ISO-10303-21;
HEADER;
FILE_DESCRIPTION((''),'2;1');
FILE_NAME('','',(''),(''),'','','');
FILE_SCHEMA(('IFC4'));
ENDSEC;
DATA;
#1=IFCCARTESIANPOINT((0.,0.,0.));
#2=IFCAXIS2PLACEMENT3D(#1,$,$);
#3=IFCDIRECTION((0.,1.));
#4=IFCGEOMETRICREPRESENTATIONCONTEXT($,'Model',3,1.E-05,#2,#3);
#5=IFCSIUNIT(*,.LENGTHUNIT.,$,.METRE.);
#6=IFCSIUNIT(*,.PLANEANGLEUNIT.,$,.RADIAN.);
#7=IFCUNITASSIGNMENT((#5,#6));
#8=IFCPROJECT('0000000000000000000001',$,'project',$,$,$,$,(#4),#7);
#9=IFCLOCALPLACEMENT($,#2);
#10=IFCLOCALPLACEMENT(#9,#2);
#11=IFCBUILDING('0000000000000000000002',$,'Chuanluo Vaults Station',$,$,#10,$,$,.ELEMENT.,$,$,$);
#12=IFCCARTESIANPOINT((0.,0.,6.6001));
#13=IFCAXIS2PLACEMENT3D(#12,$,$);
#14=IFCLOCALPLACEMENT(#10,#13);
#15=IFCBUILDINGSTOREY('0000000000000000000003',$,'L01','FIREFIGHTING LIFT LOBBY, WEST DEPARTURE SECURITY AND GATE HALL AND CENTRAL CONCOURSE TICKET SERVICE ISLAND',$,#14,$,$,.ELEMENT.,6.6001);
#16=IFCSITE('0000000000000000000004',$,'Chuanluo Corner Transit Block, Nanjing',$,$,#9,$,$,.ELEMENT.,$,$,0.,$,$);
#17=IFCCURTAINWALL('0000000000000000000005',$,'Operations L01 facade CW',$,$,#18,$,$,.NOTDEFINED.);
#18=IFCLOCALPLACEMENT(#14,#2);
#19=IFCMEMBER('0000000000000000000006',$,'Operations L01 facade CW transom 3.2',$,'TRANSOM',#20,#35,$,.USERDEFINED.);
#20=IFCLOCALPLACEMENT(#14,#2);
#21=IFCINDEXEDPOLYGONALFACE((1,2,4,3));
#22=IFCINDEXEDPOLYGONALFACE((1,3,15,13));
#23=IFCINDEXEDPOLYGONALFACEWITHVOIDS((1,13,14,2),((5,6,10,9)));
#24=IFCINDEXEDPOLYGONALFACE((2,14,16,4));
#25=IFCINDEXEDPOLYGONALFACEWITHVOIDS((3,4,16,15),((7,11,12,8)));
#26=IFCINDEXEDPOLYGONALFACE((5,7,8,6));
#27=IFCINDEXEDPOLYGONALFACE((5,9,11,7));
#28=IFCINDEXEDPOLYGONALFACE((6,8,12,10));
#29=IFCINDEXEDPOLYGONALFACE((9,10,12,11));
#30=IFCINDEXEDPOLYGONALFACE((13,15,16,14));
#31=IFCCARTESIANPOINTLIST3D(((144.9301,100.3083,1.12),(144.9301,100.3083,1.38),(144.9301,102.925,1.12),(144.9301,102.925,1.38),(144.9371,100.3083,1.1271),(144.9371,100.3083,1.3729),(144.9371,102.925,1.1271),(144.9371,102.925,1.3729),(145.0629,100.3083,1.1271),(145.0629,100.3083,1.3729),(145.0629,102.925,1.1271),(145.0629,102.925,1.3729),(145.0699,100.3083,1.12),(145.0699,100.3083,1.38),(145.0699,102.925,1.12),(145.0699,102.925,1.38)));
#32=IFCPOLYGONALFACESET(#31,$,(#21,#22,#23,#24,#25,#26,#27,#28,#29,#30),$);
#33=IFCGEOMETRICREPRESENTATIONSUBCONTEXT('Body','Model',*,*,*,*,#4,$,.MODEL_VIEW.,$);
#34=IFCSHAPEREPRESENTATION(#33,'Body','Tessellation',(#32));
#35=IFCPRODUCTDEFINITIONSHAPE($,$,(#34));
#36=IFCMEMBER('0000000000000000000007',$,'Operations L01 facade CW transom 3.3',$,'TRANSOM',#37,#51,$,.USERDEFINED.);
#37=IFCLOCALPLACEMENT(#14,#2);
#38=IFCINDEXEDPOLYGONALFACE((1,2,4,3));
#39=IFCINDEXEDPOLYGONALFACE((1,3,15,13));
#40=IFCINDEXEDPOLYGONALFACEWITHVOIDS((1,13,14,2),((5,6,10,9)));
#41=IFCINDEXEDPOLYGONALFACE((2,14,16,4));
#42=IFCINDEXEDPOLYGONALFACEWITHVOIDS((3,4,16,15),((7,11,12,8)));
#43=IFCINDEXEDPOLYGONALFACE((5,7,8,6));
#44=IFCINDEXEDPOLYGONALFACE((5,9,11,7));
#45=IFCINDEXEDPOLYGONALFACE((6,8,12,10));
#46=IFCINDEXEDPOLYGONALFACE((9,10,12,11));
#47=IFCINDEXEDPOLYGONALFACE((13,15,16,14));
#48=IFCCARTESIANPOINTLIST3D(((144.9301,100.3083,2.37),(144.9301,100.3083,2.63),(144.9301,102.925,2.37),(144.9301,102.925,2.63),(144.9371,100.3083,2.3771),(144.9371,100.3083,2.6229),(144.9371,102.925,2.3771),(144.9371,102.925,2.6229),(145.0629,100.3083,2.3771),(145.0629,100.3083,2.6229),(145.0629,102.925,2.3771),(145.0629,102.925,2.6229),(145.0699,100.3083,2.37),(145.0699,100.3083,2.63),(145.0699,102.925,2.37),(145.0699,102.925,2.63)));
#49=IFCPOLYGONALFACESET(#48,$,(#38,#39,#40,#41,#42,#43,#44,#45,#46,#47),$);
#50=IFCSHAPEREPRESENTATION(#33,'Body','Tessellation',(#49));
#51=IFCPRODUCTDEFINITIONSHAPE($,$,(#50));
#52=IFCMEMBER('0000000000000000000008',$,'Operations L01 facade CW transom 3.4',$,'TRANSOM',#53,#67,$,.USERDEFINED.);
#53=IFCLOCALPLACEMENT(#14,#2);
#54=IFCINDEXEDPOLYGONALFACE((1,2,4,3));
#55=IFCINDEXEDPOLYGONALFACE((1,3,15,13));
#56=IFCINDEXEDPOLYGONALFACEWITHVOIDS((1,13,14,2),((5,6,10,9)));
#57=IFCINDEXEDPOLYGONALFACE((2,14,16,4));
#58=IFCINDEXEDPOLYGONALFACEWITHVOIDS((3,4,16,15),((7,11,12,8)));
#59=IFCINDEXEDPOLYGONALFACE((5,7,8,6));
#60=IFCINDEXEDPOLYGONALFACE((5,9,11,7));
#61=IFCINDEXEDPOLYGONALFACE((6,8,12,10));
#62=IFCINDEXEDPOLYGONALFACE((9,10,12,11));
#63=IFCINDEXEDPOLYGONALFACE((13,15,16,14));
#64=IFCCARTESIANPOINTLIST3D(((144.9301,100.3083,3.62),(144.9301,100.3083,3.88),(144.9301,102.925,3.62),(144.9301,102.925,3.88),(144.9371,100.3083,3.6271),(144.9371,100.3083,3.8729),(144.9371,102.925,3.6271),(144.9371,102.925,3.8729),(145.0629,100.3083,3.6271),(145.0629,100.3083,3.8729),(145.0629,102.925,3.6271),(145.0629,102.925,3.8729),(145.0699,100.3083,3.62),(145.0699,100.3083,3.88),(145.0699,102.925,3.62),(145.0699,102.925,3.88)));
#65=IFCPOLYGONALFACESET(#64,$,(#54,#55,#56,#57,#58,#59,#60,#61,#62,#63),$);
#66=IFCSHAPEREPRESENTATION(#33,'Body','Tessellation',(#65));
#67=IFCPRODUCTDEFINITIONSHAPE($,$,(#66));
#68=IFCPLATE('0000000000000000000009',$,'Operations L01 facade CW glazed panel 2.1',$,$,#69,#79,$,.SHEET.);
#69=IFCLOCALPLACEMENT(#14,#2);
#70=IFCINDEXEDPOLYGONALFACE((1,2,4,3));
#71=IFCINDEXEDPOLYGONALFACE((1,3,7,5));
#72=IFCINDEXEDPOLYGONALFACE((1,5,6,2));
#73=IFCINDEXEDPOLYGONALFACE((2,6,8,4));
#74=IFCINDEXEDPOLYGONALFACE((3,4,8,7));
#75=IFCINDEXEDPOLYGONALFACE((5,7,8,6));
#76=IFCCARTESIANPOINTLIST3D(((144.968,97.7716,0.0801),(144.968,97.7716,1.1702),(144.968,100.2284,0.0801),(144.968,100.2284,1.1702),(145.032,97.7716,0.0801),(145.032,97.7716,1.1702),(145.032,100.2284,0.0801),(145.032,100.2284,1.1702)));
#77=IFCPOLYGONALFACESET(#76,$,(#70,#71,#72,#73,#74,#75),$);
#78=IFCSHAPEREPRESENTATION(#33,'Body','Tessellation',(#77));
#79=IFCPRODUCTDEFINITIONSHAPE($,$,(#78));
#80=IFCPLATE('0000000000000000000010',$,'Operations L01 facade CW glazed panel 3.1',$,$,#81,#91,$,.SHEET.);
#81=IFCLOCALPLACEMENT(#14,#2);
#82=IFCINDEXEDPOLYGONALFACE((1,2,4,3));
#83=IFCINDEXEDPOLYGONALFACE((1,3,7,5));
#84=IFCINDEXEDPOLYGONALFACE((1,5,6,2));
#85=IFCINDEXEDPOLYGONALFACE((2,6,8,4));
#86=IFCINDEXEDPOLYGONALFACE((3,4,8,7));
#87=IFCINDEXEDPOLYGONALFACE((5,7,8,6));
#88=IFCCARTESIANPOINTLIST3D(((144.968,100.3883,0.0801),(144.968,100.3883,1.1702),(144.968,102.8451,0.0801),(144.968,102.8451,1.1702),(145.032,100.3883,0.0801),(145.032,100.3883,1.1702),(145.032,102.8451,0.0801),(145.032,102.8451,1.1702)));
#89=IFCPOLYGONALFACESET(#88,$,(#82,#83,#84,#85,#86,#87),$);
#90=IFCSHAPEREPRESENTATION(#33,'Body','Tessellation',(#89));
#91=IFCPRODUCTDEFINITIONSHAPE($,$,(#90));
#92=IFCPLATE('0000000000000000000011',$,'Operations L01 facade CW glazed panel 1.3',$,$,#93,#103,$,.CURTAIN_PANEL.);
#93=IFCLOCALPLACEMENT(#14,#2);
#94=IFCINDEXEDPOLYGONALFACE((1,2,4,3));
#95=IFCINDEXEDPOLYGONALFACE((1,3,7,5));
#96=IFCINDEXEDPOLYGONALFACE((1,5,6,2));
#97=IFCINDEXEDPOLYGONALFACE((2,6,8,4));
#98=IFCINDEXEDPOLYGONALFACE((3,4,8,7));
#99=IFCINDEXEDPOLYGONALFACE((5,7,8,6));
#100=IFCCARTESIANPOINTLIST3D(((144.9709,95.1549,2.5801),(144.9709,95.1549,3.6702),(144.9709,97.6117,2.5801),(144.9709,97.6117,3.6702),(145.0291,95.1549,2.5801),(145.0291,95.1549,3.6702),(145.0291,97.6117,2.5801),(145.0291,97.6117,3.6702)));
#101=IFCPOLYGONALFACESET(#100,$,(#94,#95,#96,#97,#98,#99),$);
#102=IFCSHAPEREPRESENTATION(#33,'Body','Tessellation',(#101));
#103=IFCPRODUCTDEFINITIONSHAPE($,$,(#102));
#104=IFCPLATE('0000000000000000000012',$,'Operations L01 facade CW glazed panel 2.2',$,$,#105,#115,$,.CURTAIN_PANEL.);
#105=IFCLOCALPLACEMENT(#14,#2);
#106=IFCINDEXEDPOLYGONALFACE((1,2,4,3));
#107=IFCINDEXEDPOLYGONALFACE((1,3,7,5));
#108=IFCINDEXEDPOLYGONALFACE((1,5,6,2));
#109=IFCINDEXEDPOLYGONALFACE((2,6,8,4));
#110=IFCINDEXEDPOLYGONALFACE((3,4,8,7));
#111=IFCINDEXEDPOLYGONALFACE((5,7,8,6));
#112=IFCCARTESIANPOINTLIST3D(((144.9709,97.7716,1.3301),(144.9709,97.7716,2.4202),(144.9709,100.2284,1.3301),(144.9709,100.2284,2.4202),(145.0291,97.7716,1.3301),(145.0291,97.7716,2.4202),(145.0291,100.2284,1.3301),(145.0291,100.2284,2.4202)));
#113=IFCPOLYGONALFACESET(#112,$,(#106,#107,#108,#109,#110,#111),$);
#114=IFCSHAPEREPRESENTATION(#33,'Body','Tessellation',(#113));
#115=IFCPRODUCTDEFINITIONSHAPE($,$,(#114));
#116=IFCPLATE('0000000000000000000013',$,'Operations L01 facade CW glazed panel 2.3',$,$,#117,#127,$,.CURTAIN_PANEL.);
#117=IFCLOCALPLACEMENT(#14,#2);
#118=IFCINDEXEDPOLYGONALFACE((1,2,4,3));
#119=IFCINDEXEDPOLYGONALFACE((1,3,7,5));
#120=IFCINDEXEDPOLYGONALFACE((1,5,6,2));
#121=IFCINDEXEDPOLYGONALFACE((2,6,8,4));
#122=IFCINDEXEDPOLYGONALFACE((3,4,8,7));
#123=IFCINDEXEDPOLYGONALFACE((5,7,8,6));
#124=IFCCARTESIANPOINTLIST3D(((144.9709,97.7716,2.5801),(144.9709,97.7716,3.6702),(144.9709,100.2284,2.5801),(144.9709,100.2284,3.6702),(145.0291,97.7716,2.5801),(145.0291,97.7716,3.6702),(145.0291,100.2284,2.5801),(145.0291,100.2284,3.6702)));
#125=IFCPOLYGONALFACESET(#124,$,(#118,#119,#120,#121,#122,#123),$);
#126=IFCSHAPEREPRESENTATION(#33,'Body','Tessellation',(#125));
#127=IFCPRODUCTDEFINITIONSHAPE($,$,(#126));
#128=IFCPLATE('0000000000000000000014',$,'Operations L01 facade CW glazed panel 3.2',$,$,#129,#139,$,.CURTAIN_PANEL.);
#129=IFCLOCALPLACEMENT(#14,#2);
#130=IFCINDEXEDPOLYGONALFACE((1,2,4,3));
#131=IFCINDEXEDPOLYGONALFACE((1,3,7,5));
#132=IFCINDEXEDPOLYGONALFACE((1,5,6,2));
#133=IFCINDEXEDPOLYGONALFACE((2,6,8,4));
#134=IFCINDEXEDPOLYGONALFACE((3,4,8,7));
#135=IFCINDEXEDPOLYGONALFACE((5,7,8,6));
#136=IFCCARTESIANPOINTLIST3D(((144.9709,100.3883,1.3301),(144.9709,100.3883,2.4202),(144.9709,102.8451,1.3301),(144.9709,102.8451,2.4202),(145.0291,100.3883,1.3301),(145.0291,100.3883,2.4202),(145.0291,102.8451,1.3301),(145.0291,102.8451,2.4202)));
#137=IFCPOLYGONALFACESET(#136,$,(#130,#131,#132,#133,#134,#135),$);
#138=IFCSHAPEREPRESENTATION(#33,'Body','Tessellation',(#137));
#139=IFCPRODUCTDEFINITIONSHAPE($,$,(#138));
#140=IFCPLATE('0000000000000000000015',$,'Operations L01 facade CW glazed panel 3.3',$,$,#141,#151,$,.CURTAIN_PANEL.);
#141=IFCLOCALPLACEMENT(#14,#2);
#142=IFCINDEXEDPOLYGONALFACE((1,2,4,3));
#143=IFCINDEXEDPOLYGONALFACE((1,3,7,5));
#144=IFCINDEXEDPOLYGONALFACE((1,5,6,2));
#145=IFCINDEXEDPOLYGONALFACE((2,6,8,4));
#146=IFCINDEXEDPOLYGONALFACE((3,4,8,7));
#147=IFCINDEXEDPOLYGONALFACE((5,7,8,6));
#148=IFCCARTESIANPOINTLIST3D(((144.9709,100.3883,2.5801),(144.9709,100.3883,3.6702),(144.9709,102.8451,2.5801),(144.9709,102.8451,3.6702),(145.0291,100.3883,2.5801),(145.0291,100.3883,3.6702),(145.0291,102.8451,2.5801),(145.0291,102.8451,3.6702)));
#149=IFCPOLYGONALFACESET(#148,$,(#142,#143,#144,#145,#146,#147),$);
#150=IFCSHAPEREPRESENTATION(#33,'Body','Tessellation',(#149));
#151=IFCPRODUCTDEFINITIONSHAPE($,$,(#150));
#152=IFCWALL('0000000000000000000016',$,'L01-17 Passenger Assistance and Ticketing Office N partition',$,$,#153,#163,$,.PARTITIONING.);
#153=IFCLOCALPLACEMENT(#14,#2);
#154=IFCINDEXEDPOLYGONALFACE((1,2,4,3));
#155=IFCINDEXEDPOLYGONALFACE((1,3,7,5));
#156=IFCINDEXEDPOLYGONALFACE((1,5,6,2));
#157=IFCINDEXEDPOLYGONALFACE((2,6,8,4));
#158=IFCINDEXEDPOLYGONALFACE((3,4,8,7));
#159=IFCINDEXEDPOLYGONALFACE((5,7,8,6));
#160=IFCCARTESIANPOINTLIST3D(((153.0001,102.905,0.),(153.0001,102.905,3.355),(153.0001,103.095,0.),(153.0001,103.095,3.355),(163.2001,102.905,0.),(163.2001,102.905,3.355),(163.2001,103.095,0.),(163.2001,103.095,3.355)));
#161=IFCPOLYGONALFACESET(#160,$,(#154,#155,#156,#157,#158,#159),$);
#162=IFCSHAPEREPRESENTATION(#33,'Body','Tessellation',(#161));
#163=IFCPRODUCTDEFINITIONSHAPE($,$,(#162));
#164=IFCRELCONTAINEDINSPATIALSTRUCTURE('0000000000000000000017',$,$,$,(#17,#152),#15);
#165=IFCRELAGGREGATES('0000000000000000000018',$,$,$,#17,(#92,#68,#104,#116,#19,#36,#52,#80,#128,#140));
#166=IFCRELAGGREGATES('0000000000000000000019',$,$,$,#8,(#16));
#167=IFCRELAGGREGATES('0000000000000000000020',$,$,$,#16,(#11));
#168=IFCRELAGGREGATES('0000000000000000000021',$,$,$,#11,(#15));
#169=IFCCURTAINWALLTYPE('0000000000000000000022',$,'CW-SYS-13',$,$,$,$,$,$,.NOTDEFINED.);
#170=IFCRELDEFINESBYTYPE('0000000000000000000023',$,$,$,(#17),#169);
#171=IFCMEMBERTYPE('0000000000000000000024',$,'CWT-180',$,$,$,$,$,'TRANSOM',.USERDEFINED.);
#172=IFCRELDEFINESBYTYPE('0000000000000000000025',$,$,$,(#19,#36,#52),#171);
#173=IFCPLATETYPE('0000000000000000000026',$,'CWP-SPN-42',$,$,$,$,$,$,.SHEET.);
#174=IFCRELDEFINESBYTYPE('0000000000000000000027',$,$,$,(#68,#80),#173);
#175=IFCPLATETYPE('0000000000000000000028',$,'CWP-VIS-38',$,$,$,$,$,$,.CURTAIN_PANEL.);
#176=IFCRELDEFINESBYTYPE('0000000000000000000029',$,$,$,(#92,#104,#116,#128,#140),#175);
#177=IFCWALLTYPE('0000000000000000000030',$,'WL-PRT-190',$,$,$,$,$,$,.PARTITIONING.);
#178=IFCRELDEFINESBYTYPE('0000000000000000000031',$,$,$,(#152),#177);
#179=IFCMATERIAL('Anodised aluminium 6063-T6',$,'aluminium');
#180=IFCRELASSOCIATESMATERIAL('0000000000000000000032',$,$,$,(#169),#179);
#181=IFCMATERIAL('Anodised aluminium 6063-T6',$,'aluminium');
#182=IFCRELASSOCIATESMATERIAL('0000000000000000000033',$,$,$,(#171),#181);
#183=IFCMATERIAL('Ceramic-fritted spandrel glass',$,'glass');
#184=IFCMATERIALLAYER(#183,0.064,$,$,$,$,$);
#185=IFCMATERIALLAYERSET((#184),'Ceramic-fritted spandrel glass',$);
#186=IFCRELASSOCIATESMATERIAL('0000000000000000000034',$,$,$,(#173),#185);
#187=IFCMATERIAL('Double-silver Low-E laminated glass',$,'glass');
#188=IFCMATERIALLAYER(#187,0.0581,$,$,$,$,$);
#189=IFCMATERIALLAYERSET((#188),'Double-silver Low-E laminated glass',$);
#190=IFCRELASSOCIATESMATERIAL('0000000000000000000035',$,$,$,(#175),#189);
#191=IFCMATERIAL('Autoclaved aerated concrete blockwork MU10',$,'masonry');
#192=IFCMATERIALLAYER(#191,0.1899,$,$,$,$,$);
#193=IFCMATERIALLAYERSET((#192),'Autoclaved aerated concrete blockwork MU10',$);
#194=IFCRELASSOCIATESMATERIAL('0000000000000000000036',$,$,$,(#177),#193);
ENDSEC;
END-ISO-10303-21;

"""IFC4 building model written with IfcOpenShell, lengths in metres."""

from ifc_helpers import new_model, si_unit, direction, frame, frame_2d, origin, origin_2d, place, context, subcontext, project, spatial, rectangle, hollow_rectangle, extrude, material, layer, layer_set, material_profile, profile_set, type_object, element, aggregate, save


model = new_model("IFC4")

# Units and contexts
model_context = context("Model", 3, precision=1e-05, world=origin(), true_north=direction((0.0, 1.0)))
body_context = subcontext(model_context, "Body", "Model", "MODEL_VIEW")
ifc_project = project(units=[si_unit("LENGTHUNIT", "METRE"), si_unit("PLANEANGLEUNIT", "RADIAN")], contexts=[model_context])

# Site, building, storey
site_placement = place(None, origin())
site = spatial("IfcSite", under=ifc_project, at=site_placement, Name="Chuanluo Corner Transit Block, Nanjing", CompositionType="ELEMENT", RefElevation=0.0)
building_placement = place(site_placement, origin())
building = spatial("IfcBuilding", under=site, at=building_placement, Name="Chuanluo Vaults Station", CompositionType="ELEMENT")
storey_placement = place(building_placement, frame((0.0, 0.0, 6.6001)))
storey = spatial("IfcBuildingStorey", under=building, at=storey_placement, Name="L01", Description="FIREFIGHTING LIFT LOBBY, WEST DEPARTURE SECURITY AND GATE HALL AND CENTRAL CONCOURSE TICKET SERVICE ISLAND", CompositionType="ELEMENT", Elevation=6.6001)

# Curtain wall, members, plates
ifc_material_1 = material(Name="Anodised aluminium 6063-T6", Category="aluminium")
curtain_wall_type = type_object("IfcCurtainWallType", Name="CW-SYS-13", PredefinedType="NOTDEFINED", material=ifc_material_1)
curtain_wall_placement = place(storey_placement, origin())
curtain_wall = element("IfcCurtainWall", 1, at=curtain_wall_placement, inside=storey, type_object=curtain_wall_type, Name="Operations L01 facade CW", PredefinedType="NOTDEFINED")
ifc_material_2 = material(Name="Anodised aluminium 6063-T6", Category="aluminium")
ifc_material_profile_1 = material_profile(ifc_material_2, hollow_rectangle(XDim=0.1399, YDim=0.26, WallThickness=0.0071, at=origin_2d()))
ifc_profile_set_1 = profile_set([ifc_material_profile_1], Name="Anodised aluminium 6063-T6")
member_type_1 = type_object("IfcMemberType", Name="CWT-180", ElementType="TRANSOM", PredefinedType="USERDEFINED", material=ifc_profile_set_1)
member_1_placement = place(storey_placement, frame((145.0, 100.3083, 1.25), z_axis=(0.0, 1.0, 0.0), x_axis=(-1.0, 0.0, 0.0)))
member_1 = element("IfcMember", 2, at=member_1_placement, type_object=member_type_1, Name="Operations L01 facade CW transom 3.2", ObjectType="TRANSOM", PredefinedType="USERDEFINED", context=body_context, shape_type="SweptSolid", body=[
    extrude(hollow_rectangle(XDim=0.1399, YDim=0.26, WallThickness=0.0071, at=origin_2d()), origin(), (0.0, 0.0, 1.0), 2.6167),
])
member_2_placement = place(storey_placement, frame((145.0, 100.3083, 2.5), z_axis=(0.0, 1.0, 0.0), x_axis=(-1.0, 0.0, 0.0)))
member_2 = element("IfcMember", 3, at=member_2_placement, type_object=member_type_1, Name="Operations L01 facade CW transom 3.3", ObjectType="TRANSOM", PredefinedType="USERDEFINED", context=body_context, shape_type="SweptSolid", body=[
    extrude(hollow_rectangle(XDim=0.1399, YDim=0.26, WallThickness=0.0071, at=origin_2d()), origin(), (0.0, 0.0, 1.0), 2.6167),
])
member_3_placement = place(storey_placement, frame((145.0, 100.3083, 3.75), z_axis=(0.0, 1.0, 0.0), x_axis=(-1.0, 0.0, 0.0)))
member_3 = element("IfcMember", 4, at=member_3_placement, type_object=member_type_1, Name="Operations L01 facade CW transom 3.4", ObjectType="TRANSOM", PredefinedType="USERDEFINED", context=body_context, shape_type="SweptSolid", body=[
    extrude(hollow_rectangle(XDim=0.1399, YDim=0.26, WallThickness=0.0071, at=origin_2d()), origin(), (0.0, 0.0, 1.0), 2.6167),
])
ifc_material_3 = material(Name="Ceramic-fritted spandrel glass", Category="glass")
ifc_layer_1 = layer(ifc_material_3, 0.064)
ifc_layer_set_1 = layer_set([ifc_layer_1], Name="Ceramic-fritted spandrel glass")
plate_type_1 = type_object("IfcPlateType", Name="CWP-SPN-42", PredefinedType="SHEET", material=ifc_layer_set_1)
plate_1_placement = place(storey_placement, frame((145.0, 99.0, 0.0801), z_axis=(0.0, 0.0, 1.0), x_axis=(0.0, 1.0, 0.0)))
plate_1 = element("IfcPlate", 5, at=plate_1_placement, type_object=plate_type_1, Name="Operations L01 facade CW glazed panel 2.1", PredefinedType="SHEET", context=body_context, shape_type="SweptSolid", body=[
    extrude(rectangle(XDim=2.4568, YDim=0.064, at=origin_2d()), origin(), (0.0, 0.0, 1.0), 1.0901),
])
plate_2_placement = place(storey_placement, frame((145.0, 101.6167, 0.0801), z_axis=(0.0, 0.0, 1.0), x_axis=(0.0, 1.0, 0.0)))
plate_2 = element("IfcPlate", 6, at=plate_2_placement, type_object=plate_type_1, Name="Operations L01 facade CW glazed panel 3.1", PredefinedType="SHEET", context=body_context, shape_type="SweptSolid", body=[
    extrude(rectangle(XDim=2.4568, YDim=0.064, at=origin_2d()), origin(), (0.0, 0.0, 1.0), 1.0901),
])
ifc_material_4 = material(Name="Double-silver Low-E laminated glass", Category="glass")
ifc_layer_2 = layer(ifc_material_4, 0.0581)
ifc_layer_set_2 = layer_set([ifc_layer_2], Name="Double-silver Low-E laminated glass")
plate_type_2 = type_object("IfcPlateType", Name="CWP-VIS-38", PredefinedType="CURTAIN_PANEL", material=ifc_layer_set_2)
plate_3_placement = place(storey_placement, frame((145.0, 96.3833, 2.5801), z_axis=(0.0, 0.0, 1.0), x_axis=(0.0, 1.0, 0.0)))
plate_3 = element("IfcPlate", 7, at=plate_3_placement, type_object=plate_type_2, Name="Operations L01 facade CW glazed panel 1.3", PredefinedType="CURTAIN_PANEL", context=body_context, shape_type="SweptSolid", body=[
    extrude(rectangle(XDim=2.4568, YDim=0.0581, at=origin_2d()), origin(), (0.0, 0.0, 1.0), 1.0901),
])
plate_4_placement = place(storey_placement, frame((145.0, 99.0, 1.3301), z_axis=(0.0, 0.0, 1.0), x_axis=(0.0, 1.0, 0.0)))
plate_4 = element("IfcPlate", 8, at=plate_4_placement, type_object=plate_type_2, Name="Operations L01 facade CW glazed panel 2.2", PredefinedType="CURTAIN_PANEL", context=body_context, shape_type="SweptSolid", body=[
    extrude(rectangle(XDim=2.4568, YDim=0.0581, at=origin_2d()), origin(), (0.0, 0.0, 1.0), 1.0901),
])
plate_5_placement = place(storey_placement, frame((145.0, 99.0, 2.5801), z_axis=(0.0, 0.0, 1.0), x_axis=(0.0, 1.0, 0.0)))
plate_5 = element("IfcPlate", 9, at=plate_5_placement, type_object=plate_type_2, Name="Operations L01 facade CW glazed panel 2.3", PredefinedType="CURTAIN_PANEL", context=body_context, shape_type="SweptSolid", body=[
    extrude(rectangle(XDim=2.4568, YDim=0.0581, at=origin_2d()), origin(), (0.0, 0.0, 1.0), 1.0901),
])
plate_6_placement = place(storey_placement, frame((145.0, 101.6167, 1.3301), z_axis=(0.0, 0.0, 1.0), x_axis=(0.0, 1.0, 0.0)))
plate_6 = element("IfcPlate", 10, at=plate_6_placement, type_object=plate_type_2, Name="Operations L01 facade CW glazed panel 3.2", PredefinedType="CURTAIN_PANEL", context=body_context, shape_type="SweptSolid", body=[
    extrude(rectangle(XDim=2.4568, YDim=0.0581, at=origin_2d()), origin(), (0.0, 0.0, 1.0), 1.0901),
])
plate_7_placement = place(storey_placement, frame((145.0, 101.6167, 2.5801), z_axis=(0.0, 0.0, 1.0), x_axis=(0.0, 1.0, 0.0)))
plate_7 = element("IfcPlate", 11, at=plate_7_placement, type_object=plate_type_2, Name="Operations L01 facade CW glazed panel 3.3", PredefinedType="CURTAIN_PANEL", context=body_context, shape_type="SweptSolid", body=[
    extrude(rectangle(XDim=2.4568, YDim=0.0581, at=origin_2d()), origin(), (0.0, 0.0, 1.0), 1.0901),
])
aggregate(curtain_wall, [plate_3, plate_1, plate_4, plate_5, member_1, member_2, member_3, plate_2, plate_6, plate_7])

# Wall
ifc_material_5 = material(Name="Autoclaved aerated concrete blockwork MU10", Category="masonry")
ifc_layer_3 = layer(ifc_material_5, 0.1899)
ifc_layer_set_3 = layer_set([ifc_layer_3], Name="Autoclaved aerated concrete blockwork MU10")
wall_type = type_object("IfcWallType", Name="WL-PRT-190", PredefinedType="PARTITIONING", material=ifc_layer_set_3)
wall_placement = place(storey_placement, frame((153.0, 103.0, 0.0), z_axis=(0.0, 0.0, 1.0), x_axis=(1.0, 0.0, 0.0)))
element("IfcWall", 12, at=wall_placement, inside=storey, type_object=wall_type, Name="L01-17 Passenger Assistance and Ticketing Office N partition", PredefinedType="PARTITIONING", context=body_context, shape_type="SweptSolid", body=[
    extrude(rectangle(XDim=10.2, YDim=0.1899, at=frame_2d((5.1001, 0.0))), origin(), (0.0, 0.0, 1.0), 3.355),
])

save(model, "model.ifc")
